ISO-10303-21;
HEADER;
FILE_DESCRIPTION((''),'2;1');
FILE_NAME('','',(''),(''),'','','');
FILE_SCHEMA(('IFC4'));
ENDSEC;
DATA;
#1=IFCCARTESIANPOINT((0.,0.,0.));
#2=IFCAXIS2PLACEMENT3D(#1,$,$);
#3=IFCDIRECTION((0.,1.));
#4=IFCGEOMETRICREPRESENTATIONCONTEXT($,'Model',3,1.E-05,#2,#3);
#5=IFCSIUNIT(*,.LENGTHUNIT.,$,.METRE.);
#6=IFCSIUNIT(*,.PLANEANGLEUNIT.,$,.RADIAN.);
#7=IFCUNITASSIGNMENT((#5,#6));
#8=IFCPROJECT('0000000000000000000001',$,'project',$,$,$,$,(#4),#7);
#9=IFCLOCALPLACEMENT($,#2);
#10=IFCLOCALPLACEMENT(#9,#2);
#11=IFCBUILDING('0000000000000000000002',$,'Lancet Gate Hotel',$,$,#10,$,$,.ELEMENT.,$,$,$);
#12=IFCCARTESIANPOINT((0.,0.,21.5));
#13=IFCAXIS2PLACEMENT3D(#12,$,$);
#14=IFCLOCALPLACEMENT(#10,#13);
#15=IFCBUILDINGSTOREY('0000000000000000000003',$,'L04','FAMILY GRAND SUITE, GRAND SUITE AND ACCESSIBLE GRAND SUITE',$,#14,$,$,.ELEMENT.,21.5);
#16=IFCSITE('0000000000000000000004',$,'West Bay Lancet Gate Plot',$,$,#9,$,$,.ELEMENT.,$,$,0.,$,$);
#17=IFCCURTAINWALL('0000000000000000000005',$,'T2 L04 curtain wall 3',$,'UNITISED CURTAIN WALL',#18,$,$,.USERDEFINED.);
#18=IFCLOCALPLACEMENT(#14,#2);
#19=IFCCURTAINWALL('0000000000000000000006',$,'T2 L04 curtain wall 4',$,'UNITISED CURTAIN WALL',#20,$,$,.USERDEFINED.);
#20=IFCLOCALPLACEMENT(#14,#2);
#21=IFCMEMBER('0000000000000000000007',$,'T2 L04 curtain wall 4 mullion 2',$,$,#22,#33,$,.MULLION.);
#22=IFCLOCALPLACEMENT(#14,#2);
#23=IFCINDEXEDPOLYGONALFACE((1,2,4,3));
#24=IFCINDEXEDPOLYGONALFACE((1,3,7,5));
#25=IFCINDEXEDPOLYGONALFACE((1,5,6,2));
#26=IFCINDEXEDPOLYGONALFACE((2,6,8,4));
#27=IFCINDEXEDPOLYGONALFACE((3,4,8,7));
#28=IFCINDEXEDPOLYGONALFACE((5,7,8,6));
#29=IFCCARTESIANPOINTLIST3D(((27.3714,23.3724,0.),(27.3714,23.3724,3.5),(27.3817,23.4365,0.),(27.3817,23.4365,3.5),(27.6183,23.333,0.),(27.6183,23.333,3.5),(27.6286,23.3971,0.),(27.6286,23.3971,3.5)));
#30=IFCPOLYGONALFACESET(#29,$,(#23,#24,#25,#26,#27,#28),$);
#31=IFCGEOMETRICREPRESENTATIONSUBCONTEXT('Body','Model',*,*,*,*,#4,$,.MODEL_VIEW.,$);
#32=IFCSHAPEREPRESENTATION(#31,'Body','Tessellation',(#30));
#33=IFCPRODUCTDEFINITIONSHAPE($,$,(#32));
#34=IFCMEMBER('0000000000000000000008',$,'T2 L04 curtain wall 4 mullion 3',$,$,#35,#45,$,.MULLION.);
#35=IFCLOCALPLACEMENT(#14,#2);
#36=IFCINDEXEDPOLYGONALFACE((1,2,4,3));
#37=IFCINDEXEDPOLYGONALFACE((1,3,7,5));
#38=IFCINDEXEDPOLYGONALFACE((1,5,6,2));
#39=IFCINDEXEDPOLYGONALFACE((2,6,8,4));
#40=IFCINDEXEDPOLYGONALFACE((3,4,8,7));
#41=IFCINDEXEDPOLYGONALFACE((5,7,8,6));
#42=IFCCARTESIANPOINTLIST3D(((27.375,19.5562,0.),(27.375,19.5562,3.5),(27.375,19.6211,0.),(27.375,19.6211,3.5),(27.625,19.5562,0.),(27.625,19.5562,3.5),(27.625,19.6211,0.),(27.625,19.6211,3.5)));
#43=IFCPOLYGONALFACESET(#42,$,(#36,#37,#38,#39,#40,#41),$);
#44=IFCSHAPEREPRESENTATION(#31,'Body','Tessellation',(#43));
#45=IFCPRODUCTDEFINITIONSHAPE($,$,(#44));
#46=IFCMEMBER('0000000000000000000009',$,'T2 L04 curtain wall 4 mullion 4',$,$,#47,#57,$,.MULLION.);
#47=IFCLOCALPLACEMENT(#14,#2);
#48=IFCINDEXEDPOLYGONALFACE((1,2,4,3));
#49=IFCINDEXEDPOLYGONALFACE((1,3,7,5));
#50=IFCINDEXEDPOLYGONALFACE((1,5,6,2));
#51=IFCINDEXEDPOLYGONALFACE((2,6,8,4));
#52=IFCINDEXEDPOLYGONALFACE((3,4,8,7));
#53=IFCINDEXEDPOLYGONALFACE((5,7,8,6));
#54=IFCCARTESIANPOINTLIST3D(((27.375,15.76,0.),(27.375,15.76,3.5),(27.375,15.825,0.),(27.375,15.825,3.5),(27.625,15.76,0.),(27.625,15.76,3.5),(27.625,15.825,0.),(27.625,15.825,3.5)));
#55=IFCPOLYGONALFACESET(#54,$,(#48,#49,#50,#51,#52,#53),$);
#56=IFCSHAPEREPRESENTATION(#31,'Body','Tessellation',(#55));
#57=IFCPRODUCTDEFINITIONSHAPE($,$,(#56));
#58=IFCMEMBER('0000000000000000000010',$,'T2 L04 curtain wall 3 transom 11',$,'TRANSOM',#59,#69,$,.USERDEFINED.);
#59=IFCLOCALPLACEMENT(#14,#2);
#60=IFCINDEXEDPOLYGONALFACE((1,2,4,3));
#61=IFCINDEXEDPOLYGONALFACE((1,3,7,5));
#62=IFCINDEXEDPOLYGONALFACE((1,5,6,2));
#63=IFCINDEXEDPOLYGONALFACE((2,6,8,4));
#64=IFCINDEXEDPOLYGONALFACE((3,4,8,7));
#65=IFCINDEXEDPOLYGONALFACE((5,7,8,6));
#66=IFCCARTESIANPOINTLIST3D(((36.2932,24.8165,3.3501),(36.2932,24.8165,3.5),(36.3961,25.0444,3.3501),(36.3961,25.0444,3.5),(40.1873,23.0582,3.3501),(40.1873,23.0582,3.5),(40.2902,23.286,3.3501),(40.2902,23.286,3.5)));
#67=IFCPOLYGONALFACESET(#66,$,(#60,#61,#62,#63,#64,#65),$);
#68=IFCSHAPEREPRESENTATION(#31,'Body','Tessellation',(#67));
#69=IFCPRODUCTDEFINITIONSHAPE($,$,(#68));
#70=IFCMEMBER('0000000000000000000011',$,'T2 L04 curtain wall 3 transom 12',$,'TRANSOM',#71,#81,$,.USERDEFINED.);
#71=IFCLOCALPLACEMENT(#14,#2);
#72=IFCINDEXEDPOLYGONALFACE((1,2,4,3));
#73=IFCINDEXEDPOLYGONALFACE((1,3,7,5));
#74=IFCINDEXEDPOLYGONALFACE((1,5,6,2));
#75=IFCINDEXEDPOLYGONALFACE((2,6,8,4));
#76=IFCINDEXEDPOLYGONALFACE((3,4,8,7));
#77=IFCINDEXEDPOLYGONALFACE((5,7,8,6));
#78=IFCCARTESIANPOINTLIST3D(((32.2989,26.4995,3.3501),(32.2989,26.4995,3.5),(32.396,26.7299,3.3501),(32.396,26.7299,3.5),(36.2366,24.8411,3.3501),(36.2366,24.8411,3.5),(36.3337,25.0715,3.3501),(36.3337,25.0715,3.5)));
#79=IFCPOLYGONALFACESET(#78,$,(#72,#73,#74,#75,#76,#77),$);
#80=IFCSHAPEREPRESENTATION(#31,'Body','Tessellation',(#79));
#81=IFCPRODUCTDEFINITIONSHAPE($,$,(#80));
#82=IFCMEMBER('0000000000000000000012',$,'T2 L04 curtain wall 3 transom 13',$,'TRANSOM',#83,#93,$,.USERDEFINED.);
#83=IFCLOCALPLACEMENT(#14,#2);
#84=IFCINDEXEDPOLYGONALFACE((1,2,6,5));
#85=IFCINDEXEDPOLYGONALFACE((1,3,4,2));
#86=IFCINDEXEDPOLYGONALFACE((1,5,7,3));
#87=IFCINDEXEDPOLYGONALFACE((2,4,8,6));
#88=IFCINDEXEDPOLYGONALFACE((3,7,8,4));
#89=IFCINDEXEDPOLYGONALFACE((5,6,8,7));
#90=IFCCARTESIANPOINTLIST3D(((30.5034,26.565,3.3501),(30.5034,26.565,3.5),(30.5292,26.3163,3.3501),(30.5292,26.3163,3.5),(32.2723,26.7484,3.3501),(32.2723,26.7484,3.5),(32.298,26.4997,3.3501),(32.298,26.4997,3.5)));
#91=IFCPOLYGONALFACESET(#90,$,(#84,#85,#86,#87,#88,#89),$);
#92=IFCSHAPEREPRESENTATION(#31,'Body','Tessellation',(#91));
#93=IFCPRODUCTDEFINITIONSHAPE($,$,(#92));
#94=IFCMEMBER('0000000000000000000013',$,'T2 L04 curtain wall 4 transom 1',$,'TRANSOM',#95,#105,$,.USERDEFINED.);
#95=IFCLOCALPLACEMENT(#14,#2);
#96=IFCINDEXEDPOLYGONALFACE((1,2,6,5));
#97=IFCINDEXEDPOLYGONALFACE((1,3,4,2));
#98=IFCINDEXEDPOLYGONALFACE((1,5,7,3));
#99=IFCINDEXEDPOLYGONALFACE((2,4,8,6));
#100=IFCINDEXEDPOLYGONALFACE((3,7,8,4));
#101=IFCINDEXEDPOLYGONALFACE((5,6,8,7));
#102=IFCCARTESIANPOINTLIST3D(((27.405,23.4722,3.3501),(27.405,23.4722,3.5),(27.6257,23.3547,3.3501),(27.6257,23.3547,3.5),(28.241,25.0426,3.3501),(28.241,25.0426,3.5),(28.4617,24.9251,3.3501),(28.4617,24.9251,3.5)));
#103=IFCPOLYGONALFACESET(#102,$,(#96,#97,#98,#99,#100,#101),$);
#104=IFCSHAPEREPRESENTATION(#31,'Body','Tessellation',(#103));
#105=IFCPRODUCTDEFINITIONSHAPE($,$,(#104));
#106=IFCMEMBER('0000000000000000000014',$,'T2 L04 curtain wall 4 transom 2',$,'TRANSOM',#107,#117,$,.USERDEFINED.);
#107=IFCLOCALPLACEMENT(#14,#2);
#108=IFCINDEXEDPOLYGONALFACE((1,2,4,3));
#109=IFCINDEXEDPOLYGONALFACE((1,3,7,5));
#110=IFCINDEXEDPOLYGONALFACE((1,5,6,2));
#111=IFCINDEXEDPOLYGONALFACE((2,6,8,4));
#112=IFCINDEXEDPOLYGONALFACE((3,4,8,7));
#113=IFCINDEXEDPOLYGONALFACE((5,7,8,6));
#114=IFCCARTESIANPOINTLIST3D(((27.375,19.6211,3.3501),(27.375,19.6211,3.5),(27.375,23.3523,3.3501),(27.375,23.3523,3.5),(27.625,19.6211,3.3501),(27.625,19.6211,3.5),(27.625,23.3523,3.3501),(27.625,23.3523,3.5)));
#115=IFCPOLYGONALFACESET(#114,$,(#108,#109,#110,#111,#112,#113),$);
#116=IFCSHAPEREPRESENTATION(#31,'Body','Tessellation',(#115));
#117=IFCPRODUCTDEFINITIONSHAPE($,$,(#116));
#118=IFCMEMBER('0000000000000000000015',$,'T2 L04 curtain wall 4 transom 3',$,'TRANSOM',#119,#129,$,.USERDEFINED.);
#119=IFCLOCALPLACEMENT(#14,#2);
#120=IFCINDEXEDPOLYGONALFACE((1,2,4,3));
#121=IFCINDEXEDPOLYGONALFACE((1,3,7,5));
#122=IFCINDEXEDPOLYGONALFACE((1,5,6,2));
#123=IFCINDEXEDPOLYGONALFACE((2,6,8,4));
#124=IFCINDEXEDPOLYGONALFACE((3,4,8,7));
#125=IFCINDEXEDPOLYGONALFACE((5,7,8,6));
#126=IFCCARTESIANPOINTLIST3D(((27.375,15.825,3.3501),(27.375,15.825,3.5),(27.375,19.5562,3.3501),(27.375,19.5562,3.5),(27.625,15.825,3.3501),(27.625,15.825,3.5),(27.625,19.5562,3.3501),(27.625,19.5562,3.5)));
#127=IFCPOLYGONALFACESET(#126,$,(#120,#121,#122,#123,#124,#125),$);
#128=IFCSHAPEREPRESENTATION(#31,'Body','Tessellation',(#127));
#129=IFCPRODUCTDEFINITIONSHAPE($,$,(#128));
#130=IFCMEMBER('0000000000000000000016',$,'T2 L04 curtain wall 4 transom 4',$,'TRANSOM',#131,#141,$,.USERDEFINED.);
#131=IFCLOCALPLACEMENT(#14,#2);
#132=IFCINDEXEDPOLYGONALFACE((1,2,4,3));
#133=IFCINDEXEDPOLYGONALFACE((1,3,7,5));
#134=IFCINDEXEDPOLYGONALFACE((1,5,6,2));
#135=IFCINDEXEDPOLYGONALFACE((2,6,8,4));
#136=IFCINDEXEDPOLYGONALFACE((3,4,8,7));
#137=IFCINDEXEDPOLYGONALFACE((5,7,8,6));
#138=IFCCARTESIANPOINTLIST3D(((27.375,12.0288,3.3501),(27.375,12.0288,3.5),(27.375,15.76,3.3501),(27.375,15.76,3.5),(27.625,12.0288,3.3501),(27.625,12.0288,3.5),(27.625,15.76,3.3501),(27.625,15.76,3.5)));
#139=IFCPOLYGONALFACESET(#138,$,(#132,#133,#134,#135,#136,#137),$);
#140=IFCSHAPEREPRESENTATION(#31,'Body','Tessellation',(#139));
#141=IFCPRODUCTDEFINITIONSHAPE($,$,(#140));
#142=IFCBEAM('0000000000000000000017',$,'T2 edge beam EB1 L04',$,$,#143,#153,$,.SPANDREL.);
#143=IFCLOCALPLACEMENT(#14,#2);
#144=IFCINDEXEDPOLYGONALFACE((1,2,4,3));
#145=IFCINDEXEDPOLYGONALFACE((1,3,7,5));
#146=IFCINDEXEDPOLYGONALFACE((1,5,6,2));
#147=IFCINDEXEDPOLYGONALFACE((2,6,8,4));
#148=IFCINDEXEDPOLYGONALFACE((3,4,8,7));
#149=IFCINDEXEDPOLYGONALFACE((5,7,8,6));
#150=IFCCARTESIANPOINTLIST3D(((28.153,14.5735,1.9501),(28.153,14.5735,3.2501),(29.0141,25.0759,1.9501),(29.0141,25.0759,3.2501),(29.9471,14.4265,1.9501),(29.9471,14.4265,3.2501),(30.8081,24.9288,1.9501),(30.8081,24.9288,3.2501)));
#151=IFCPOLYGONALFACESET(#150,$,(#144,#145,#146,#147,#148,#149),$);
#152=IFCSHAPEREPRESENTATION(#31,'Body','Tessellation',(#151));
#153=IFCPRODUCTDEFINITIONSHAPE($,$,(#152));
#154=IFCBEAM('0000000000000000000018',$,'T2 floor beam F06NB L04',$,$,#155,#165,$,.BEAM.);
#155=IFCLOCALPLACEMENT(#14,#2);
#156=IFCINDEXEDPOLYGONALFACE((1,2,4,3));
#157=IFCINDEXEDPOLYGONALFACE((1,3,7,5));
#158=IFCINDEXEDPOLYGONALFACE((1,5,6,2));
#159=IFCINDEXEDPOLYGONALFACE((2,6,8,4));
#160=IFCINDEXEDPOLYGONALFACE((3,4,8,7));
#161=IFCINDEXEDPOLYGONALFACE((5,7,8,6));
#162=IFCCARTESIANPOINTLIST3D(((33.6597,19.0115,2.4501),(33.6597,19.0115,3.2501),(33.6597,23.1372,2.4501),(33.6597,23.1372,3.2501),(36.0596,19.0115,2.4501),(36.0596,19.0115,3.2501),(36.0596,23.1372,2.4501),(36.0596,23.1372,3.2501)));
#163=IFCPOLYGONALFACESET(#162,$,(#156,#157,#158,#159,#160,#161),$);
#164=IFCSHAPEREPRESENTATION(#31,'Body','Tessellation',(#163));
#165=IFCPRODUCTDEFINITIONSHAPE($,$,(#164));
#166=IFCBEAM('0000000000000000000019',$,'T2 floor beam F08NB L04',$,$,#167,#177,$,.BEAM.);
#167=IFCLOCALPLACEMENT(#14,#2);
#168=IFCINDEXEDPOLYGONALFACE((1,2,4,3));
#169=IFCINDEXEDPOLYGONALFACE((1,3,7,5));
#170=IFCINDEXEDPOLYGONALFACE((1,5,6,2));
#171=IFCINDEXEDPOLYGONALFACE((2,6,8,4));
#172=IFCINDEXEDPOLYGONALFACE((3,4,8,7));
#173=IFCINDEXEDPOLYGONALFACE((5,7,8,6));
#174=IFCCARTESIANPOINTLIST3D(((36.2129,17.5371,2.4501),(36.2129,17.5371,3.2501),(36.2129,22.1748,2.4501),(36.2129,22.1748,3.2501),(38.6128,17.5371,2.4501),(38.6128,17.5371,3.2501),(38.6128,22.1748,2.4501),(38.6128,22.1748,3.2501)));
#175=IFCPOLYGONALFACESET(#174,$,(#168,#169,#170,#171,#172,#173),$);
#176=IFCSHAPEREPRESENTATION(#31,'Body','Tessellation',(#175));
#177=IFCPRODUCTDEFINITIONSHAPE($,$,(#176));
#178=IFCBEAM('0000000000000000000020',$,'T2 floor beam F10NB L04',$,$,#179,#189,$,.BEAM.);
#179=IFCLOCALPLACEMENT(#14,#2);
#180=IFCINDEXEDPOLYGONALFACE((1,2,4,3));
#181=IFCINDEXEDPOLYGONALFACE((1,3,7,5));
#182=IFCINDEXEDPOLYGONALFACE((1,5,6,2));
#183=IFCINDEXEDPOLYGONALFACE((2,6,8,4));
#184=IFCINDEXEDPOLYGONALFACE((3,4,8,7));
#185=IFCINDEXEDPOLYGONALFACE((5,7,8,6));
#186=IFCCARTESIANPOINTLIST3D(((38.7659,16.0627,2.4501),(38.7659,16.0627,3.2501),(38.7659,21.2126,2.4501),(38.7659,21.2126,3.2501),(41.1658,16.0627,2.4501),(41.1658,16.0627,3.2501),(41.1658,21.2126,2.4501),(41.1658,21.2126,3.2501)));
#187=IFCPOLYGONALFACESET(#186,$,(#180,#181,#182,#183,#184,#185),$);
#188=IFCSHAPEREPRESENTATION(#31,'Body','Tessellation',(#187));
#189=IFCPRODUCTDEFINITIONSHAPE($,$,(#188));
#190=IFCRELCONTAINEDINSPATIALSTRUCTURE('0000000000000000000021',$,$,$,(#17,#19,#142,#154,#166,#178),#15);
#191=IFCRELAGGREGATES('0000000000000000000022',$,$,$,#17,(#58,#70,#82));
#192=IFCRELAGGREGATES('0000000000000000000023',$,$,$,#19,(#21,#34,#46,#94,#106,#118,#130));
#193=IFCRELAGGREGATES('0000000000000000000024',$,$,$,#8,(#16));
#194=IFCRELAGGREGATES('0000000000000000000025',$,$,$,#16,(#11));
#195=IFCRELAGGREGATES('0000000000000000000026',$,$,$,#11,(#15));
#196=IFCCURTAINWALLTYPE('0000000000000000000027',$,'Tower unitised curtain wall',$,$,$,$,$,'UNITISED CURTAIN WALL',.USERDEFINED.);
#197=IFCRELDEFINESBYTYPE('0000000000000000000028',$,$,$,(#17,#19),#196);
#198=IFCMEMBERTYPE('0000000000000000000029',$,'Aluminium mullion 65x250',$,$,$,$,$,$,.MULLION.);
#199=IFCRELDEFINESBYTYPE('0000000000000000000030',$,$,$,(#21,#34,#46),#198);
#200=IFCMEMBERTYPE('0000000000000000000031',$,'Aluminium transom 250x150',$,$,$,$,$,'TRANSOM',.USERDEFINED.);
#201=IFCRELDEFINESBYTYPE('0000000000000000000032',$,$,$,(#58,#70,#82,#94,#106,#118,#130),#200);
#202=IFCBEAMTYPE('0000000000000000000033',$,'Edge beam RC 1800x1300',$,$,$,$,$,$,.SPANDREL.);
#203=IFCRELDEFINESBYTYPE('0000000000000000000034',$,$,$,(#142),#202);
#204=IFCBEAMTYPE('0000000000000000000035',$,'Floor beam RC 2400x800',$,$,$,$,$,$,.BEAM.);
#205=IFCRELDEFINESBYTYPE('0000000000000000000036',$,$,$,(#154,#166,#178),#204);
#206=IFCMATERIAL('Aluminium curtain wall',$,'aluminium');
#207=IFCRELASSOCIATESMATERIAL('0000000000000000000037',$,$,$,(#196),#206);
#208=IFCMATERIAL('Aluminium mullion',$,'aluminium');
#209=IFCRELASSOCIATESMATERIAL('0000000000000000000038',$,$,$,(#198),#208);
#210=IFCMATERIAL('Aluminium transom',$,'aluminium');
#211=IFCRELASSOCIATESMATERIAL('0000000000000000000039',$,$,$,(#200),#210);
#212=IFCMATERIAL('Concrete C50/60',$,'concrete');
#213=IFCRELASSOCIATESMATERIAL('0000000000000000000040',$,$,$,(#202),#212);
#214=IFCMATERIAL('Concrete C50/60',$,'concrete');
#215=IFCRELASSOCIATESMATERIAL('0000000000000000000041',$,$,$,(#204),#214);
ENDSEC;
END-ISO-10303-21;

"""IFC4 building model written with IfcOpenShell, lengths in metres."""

from ifc_helpers import new_model, si_unit, direction, frame, origin, origin_2d, place, context, subcontext, project, spatial, rectangle, extrude, material, material_profile, profile_set, type_object, element, aggregate, save


model = new_model("IFC4")

# Units and contexts
model_context = context("Model", 3, precision=1e-05, world=origin(), true_north=direction((0.0, 1.0)))
body_context = subcontext(model_context, "Body", "Model", "MODEL_VIEW")
ifc_project = project(units=[si_unit("LENGTHUNIT", "METRE"), si_unit("PLANEANGLEUNIT", "RADIAN")], contexts=[model_context])

# Site, building, storey
site_placement = place(None, origin())
site = spatial("IfcSite", under=ifc_project, at=site_placement, Name="West Bay Lancet Gate Plot", CompositionType="ELEMENT", RefElevation=0.0)
building_placement = place(site_placement, origin())
building = spatial("IfcBuilding", under=site, at=building_placement, Name="Lancet Gate Hotel", CompositionType="ELEMENT")
storey_placement = place(building_placement, frame((0.0, 0.0, 21.5)))
storey = spatial("IfcBuildingStorey", under=building, at=storey_placement, Name="L04", Description="FAMILY GRAND SUITE, GRAND SUITE AND ACCESSIBLE GRAND SUITE", CompositionType="ELEMENT", Elevation=21.5)

# Curtain walls, members
ifc_material_1 = material(Name="Aluminium curtain wall", Category="aluminium")
curtain_wall_type = type_object("IfcCurtainWallType", Name="Tower unitised curtain wall", ElementType="UNITISED CURTAIN WALL", PredefinedType="USERDEFINED", material=ifc_material_1)
curtain_wall_1_placement = place(storey_placement, origin())
curtain_wall_1 = element("IfcCurtainWall", 1, at=curtain_wall_1_placement, inside=storey, type_object=curtain_wall_type, Name="T2 L04 curtain wall 3", ObjectType="UNITISED CURTAIN WALL", PredefinedType="USERDEFINED")
ifc_material_2 = material(Name="Aluminium mullion", Category="aluminium")
ifc_material_profile_1 = material_profile(ifc_material_2, rectangle(XDim=0.0649, YDim=0.25, at=origin_2d()), Name="MULLION 65x250")
ifc_profile_set_1 = profile_set([ifc_material_profile_1], Name="Aluminium mullion")
member_type_1 = type_object("IfcMemberType", Name="Aluminium mullion 65x250", PredefinedType="MULLION", material=ifc_profile_set_1)
curtain_wall_2_placement = place(storey_placement, origin())
curtain_wall_2 = element("IfcCurtainWall", 2, at=curtain_wall_2_placement, inside=storey, type_object=curtain_wall_type, Name="T2 L04 curtain wall 4", ObjectType="UNITISED CURTAIN WALL", PredefinedType="USERDEFINED")
member_1_placement = place(storey_placement, frame((27.5, 23.3848, 0.0), z_axis=(0.0, 0.0, 1.0), x_axis=(-0.157752, -0.987479, 0.0)))
member_1 = element("IfcMember", 3, at=member_1_placement, type_object=member_type_1, Name="T2 L04 curtain wall 4 mullion 2", PredefinedType="MULLION", context=body_context, shape_type="SweptSolid", body=[
    extrude(rectangle(XDim=0.0649, YDim=0.25, at=origin_2d()), origin(), (0.0, 0.0, 1.0), 3.5),
])
member_2_placement = place(storey_placement, frame((27.5, 19.5886, 0.0), z_axis=(0.0, 0.0, 1.0), x_axis=(0.0, -1.0, 0.0)))
member_2 = element("IfcMember", 4, at=member_2_placement, type_object=member_type_1, Name="T2 L04 curtain wall 4 mullion 3", PredefinedType="MULLION", context=body_context, shape_type="SweptSolid", body=[
    extrude(rectangle(XDim=0.0649, YDim=0.25, at=origin_2d()), origin(), (0.0, 0.0, 1.0), 3.5),
])
member_3_placement = place(storey_placement, frame((27.5, 15.7925, 0.0), z_axis=(0.0, 0.0, 1.0), x_axis=(0.0, -1.0, 0.0)))
member_3 = element("IfcMember", 5, at=member_3_placement, type_object=member_type_1, Name="T2 L04 curtain wall 4 mullion 4", PredefinedType="MULLION", context=body_context, shape_type="SweptSolid", body=[
    extrude(rectangle(XDim=0.0649, YDim=0.25, at=origin_2d()), origin(), (0.0, 0.0, 1.0), 3.5),
])

# Members
ifc_material_3 = material(Name="Aluminium transom", Category="aluminium")
ifc_material_profile_2 = material_profile(ifc_material_3, rectangle(XDim=0.25, YDim=0.1499, at=origin_2d()), Name="TRANSOM 250x150")
ifc_profile_set_2 = profile_set([ifc_material_profile_2], Name="Aluminium transom")
member_type_2 = type_object("IfcMemberType", Name="Aluminium transom 250x150", ElementType="TRANSOM", PredefinedType="USERDEFINED", material=ifc_profile_set_2)
member_4_placement = place(storey_placement, frame((40.2388, 23.1721, 3.425), z_axis=(-0.911397, 0.411529, 0.0), x_axis=(-0.411529, -0.911397, 0.0)))
member_4 = element("IfcMember", 6, at=member_4_placement, type_object=member_type_2, Name="T2 L04 curtain wall 3 transom 11", ObjectType="TRANSOM", PredefinedType="USERDEFINED", context=body_context, shape_type="SweptSolid", body=[
    extrude(rectangle(XDim=0.25, YDim=0.1499, at=origin_2d()), origin(), (0.0, 0.0, 1.0), 4.2727),
])
member_5_placement = place(storey_placement, frame((36.2852, 24.9563, 3.425), z_axis=(-0.921598, 0.388146, 0.0), x_axis=(-0.388146, -0.921598, 0.0)))
member_5 = element("IfcMember", 7, at=member_5_placement, type_object=member_type_2, Name="T2 L04 curtain wall 3 transom 12", ObjectType="TRANSOM", PredefinedType="USERDEFINED", context=body_context, shape_type="SweptSolid", body=[
    extrude(rectangle(XDim=0.25, YDim=0.1499, at=origin_2d()), origin(), (0.0, 0.0, 1.0), 4.2727),
])
member_6_placement = place(storey_placement, frame((32.2852, 26.624, 3.425), z_axis=(-0.99467, -0.103105, 0.0), x_axis=(0.103105, -0.99467, 0.0)))
member_6 = element("IfcMember", 8, at=member_6_placement, type_object=member_type_2, Name="T2 L04 curtain wall 3 transom 13", ObjectType="TRANSOM", PredefinedType="USERDEFINED", context=body_context, shape_type="SweptSolid", body=[
    extrude(rectangle(XDim=0.25, YDim=0.1499, at=origin_2d()), origin(), (0.0, 0.0, 1.0), 1.7783),
])
member_7_placement = place(storey_placement, frame((28.3513, 24.9839, 3.425), z_axis=(-0.469904, -0.882717, 0.0), x_axis=(0.882717, -0.469904, 0.0)))
member_7 = element("IfcMember", 9, at=member_7_placement, type_object=member_type_2, Name="T2 L04 curtain wall 4 transom 1", ObjectType="TRANSOM", PredefinedType="USERDEFINED", context=body_context, shape_type="SweptSolid", body=[
    extrude(rectangle(XDim=0.25, YDim=0.1499, at=origin_2d()), origin(), (0.0, 0.0, 1.0), 1.7791),
])
member_8_placement = place(storey_placement, frame((27.5, 23.3523, 3.425), z_axis=(0.0, -1.0, 0.0), x_axis=(1.0, 0.0, 0.0)))
member_8 = element("IfcMember", 10, at=member_8_placement, type_object=member_type_2, Name="T2 L04 curtain wall 4 transom 2", ObjectType="TRANSOM", PredefinedType="USERDEFINED", context=body_context, shape_type="SweptSolid", body=[
    extrude(rectangle(XDim=0.25, YDim=0.1499, at=origin_2d()), origin(), (0.0, 0.0, 1.0), 3.7312),
])
member_9_placement = place(storey_placement, frame((27.5, 19.5562, 3.425), z_axis=(0.0, -1.0, 0.0), x_axis=(1.0, 0.0, 0.0)))
member_9 = element("IfcMember", 11, at=member_9_placement, type_object=member_type_2, Name="T2 L04 curtain wall 4 transom 3", ObjectType="TRANSOM", PredefinedType="USERDEFINED", context=body_context, shape_type="SweptSolid", body=[
    extrude(rectangle(XDim=0.25, YDim=0.1499, at=origin_2d()), origin(), (0.0, 0.0, 1.0), 3.7312),
])
member_10_placement = place(storey_placement, frame((27.5, 15.76, 3.425), z_axis=(0.0, -1.0, 0.0), x_axis=(1.0, 0.0, 0.0)))
member_10 = element("IfcMember", 12, at=member_10_placement, type_object=member_type_2, Name="T2 L04 curtain wall 4 transom 4", ObjectType="TRANSOM", PredefinedType="USERDEFINED", context=body_context, shape_type="SweptSolid", body=[
    extrude(rectangle(XDim=0.25, YDim=0.1499, at=origin_2d()), origin(), (0.0, 0.0, 1.0), 3.7312),
])

# Beams
ifc_material_4 = material(Name="Concrete C50/60", Category="concrete")
ifc_material_profile_3 = material_profile(ifc_material_4, rectangle(XDim=1.8, YDim=1.3, at=origin_2d()), Name="RC 1800x1300")
ifc_profile_set_3 = profile_set([ifc_material_profile_3], Name="Concrete C50/60")
beam_type_1 = type_object("IfcBeamType", Name="Edge beam RC 1800x1300", PredefinedType="SPANDREL", material=ifc_profile_set_3)
beam_1_placement = place(storey_placement, frame((29.05, 14.5, 2.6001), z_axis=(0.081715, 0.996656, 0.0), x_axis=(-0.996656, 0.081715, 0.0)))
element("IfcBeam", 13, at=beam_1_placement, inside=storey, type_object=beam_type_1, Name="T2 edge beam EB1 L04", PredefinedType="SPANDREL", context=body_context, shape_type="SweptSolid", body=[
    extrude(rectangle(XDim=1.8, YDim=1.3, at=origin_2d()), origin(), (0.0, 0.0, 1.0), 10.5376),
])
ifc_material_5 = material(Name="Concrete C50/60", Category="concrete")
ifc_material_profile_4 = material_profile(ifc_material_5, rectangle(XDim=2.3999, YDim=0.8, at=origin_2d()), Name="RC 2400x800")
ifc_profile_set_4 = profile_set([ifc_material_profile_4], Name="Concrete C50/60")
beam_type_2 = type_object("IfcBeamType", Name="Floor beam RC 2400x800", PredefinedType="BEAM", material=ifc_profile_set_4)
beam_2_placement = place(storey_placement, frame((34.8596, 19.0115, 2.8501), z_axis=(0.0, 1.0, 0.0), x_axis=(-1.0, 0.0, 0.0)))
element("IfcBeam", 14, at=beam_2_placement, inside=storey, type_object=beam_type_2, Name="T2 floor beam F06NB L04", PredefinedType="BEAM", context=body_context, shape_type="SweptSolid", body=[
    extrude(rectangle(XDim=2.3999, YDim=0.8, at=origin_2d()), origin(), (0.0, 0.0, 1.0), 4.1257),
])
beam_3_placement = place(storey_placement, frame((37.4128, 17.5371, 2.8501), z_axis=(0.0, 1.0, 0.0), x_axis=(-1.0, 0.0, 0.0)))
element("IfcBeam", 15, at=beam_3_placement, inside=storey, type_object=beam_type_2, Name="T2 floor beam F08NB L04", PredefinedType="BEAM", context=body_context, shape_type="SweptSolid", body=[
    extrude(rectangle(XDim=2.3999, YDim=0.8, at=origin_2d()), origin(), (0.0, 0.0, 1.0), 4.6377),
])
beam_4_placement = place(storey_placement, frame((39.9658, 16.0627, 2.8501), z_axis=(0.0, 1.0, 0.0), x_axis=(-1.0, 0.0, 0.0)))
element("IfcBeam", 16, at=beam_4_placement, inside=storey, type_object=beam_type_2, Name="T2 floor beam F10NB L04", PredefinedType="BEAM", context=body_context, shape_type="SweptSolid", body=[
    extrude(rectangle(XDim=2.3999, YDim=0.8, at=origin_2d()), origin(), (0.0, 0.0, 1.0), 5.1499),
])

aggregate(curtain_wall_1, [member_4, member_5, member_6])
aggregate(curtain_wall_2, [member_1, member_2, member_3, member_7, member_8, member_9, member_10])

save(model, "model.ifc")
